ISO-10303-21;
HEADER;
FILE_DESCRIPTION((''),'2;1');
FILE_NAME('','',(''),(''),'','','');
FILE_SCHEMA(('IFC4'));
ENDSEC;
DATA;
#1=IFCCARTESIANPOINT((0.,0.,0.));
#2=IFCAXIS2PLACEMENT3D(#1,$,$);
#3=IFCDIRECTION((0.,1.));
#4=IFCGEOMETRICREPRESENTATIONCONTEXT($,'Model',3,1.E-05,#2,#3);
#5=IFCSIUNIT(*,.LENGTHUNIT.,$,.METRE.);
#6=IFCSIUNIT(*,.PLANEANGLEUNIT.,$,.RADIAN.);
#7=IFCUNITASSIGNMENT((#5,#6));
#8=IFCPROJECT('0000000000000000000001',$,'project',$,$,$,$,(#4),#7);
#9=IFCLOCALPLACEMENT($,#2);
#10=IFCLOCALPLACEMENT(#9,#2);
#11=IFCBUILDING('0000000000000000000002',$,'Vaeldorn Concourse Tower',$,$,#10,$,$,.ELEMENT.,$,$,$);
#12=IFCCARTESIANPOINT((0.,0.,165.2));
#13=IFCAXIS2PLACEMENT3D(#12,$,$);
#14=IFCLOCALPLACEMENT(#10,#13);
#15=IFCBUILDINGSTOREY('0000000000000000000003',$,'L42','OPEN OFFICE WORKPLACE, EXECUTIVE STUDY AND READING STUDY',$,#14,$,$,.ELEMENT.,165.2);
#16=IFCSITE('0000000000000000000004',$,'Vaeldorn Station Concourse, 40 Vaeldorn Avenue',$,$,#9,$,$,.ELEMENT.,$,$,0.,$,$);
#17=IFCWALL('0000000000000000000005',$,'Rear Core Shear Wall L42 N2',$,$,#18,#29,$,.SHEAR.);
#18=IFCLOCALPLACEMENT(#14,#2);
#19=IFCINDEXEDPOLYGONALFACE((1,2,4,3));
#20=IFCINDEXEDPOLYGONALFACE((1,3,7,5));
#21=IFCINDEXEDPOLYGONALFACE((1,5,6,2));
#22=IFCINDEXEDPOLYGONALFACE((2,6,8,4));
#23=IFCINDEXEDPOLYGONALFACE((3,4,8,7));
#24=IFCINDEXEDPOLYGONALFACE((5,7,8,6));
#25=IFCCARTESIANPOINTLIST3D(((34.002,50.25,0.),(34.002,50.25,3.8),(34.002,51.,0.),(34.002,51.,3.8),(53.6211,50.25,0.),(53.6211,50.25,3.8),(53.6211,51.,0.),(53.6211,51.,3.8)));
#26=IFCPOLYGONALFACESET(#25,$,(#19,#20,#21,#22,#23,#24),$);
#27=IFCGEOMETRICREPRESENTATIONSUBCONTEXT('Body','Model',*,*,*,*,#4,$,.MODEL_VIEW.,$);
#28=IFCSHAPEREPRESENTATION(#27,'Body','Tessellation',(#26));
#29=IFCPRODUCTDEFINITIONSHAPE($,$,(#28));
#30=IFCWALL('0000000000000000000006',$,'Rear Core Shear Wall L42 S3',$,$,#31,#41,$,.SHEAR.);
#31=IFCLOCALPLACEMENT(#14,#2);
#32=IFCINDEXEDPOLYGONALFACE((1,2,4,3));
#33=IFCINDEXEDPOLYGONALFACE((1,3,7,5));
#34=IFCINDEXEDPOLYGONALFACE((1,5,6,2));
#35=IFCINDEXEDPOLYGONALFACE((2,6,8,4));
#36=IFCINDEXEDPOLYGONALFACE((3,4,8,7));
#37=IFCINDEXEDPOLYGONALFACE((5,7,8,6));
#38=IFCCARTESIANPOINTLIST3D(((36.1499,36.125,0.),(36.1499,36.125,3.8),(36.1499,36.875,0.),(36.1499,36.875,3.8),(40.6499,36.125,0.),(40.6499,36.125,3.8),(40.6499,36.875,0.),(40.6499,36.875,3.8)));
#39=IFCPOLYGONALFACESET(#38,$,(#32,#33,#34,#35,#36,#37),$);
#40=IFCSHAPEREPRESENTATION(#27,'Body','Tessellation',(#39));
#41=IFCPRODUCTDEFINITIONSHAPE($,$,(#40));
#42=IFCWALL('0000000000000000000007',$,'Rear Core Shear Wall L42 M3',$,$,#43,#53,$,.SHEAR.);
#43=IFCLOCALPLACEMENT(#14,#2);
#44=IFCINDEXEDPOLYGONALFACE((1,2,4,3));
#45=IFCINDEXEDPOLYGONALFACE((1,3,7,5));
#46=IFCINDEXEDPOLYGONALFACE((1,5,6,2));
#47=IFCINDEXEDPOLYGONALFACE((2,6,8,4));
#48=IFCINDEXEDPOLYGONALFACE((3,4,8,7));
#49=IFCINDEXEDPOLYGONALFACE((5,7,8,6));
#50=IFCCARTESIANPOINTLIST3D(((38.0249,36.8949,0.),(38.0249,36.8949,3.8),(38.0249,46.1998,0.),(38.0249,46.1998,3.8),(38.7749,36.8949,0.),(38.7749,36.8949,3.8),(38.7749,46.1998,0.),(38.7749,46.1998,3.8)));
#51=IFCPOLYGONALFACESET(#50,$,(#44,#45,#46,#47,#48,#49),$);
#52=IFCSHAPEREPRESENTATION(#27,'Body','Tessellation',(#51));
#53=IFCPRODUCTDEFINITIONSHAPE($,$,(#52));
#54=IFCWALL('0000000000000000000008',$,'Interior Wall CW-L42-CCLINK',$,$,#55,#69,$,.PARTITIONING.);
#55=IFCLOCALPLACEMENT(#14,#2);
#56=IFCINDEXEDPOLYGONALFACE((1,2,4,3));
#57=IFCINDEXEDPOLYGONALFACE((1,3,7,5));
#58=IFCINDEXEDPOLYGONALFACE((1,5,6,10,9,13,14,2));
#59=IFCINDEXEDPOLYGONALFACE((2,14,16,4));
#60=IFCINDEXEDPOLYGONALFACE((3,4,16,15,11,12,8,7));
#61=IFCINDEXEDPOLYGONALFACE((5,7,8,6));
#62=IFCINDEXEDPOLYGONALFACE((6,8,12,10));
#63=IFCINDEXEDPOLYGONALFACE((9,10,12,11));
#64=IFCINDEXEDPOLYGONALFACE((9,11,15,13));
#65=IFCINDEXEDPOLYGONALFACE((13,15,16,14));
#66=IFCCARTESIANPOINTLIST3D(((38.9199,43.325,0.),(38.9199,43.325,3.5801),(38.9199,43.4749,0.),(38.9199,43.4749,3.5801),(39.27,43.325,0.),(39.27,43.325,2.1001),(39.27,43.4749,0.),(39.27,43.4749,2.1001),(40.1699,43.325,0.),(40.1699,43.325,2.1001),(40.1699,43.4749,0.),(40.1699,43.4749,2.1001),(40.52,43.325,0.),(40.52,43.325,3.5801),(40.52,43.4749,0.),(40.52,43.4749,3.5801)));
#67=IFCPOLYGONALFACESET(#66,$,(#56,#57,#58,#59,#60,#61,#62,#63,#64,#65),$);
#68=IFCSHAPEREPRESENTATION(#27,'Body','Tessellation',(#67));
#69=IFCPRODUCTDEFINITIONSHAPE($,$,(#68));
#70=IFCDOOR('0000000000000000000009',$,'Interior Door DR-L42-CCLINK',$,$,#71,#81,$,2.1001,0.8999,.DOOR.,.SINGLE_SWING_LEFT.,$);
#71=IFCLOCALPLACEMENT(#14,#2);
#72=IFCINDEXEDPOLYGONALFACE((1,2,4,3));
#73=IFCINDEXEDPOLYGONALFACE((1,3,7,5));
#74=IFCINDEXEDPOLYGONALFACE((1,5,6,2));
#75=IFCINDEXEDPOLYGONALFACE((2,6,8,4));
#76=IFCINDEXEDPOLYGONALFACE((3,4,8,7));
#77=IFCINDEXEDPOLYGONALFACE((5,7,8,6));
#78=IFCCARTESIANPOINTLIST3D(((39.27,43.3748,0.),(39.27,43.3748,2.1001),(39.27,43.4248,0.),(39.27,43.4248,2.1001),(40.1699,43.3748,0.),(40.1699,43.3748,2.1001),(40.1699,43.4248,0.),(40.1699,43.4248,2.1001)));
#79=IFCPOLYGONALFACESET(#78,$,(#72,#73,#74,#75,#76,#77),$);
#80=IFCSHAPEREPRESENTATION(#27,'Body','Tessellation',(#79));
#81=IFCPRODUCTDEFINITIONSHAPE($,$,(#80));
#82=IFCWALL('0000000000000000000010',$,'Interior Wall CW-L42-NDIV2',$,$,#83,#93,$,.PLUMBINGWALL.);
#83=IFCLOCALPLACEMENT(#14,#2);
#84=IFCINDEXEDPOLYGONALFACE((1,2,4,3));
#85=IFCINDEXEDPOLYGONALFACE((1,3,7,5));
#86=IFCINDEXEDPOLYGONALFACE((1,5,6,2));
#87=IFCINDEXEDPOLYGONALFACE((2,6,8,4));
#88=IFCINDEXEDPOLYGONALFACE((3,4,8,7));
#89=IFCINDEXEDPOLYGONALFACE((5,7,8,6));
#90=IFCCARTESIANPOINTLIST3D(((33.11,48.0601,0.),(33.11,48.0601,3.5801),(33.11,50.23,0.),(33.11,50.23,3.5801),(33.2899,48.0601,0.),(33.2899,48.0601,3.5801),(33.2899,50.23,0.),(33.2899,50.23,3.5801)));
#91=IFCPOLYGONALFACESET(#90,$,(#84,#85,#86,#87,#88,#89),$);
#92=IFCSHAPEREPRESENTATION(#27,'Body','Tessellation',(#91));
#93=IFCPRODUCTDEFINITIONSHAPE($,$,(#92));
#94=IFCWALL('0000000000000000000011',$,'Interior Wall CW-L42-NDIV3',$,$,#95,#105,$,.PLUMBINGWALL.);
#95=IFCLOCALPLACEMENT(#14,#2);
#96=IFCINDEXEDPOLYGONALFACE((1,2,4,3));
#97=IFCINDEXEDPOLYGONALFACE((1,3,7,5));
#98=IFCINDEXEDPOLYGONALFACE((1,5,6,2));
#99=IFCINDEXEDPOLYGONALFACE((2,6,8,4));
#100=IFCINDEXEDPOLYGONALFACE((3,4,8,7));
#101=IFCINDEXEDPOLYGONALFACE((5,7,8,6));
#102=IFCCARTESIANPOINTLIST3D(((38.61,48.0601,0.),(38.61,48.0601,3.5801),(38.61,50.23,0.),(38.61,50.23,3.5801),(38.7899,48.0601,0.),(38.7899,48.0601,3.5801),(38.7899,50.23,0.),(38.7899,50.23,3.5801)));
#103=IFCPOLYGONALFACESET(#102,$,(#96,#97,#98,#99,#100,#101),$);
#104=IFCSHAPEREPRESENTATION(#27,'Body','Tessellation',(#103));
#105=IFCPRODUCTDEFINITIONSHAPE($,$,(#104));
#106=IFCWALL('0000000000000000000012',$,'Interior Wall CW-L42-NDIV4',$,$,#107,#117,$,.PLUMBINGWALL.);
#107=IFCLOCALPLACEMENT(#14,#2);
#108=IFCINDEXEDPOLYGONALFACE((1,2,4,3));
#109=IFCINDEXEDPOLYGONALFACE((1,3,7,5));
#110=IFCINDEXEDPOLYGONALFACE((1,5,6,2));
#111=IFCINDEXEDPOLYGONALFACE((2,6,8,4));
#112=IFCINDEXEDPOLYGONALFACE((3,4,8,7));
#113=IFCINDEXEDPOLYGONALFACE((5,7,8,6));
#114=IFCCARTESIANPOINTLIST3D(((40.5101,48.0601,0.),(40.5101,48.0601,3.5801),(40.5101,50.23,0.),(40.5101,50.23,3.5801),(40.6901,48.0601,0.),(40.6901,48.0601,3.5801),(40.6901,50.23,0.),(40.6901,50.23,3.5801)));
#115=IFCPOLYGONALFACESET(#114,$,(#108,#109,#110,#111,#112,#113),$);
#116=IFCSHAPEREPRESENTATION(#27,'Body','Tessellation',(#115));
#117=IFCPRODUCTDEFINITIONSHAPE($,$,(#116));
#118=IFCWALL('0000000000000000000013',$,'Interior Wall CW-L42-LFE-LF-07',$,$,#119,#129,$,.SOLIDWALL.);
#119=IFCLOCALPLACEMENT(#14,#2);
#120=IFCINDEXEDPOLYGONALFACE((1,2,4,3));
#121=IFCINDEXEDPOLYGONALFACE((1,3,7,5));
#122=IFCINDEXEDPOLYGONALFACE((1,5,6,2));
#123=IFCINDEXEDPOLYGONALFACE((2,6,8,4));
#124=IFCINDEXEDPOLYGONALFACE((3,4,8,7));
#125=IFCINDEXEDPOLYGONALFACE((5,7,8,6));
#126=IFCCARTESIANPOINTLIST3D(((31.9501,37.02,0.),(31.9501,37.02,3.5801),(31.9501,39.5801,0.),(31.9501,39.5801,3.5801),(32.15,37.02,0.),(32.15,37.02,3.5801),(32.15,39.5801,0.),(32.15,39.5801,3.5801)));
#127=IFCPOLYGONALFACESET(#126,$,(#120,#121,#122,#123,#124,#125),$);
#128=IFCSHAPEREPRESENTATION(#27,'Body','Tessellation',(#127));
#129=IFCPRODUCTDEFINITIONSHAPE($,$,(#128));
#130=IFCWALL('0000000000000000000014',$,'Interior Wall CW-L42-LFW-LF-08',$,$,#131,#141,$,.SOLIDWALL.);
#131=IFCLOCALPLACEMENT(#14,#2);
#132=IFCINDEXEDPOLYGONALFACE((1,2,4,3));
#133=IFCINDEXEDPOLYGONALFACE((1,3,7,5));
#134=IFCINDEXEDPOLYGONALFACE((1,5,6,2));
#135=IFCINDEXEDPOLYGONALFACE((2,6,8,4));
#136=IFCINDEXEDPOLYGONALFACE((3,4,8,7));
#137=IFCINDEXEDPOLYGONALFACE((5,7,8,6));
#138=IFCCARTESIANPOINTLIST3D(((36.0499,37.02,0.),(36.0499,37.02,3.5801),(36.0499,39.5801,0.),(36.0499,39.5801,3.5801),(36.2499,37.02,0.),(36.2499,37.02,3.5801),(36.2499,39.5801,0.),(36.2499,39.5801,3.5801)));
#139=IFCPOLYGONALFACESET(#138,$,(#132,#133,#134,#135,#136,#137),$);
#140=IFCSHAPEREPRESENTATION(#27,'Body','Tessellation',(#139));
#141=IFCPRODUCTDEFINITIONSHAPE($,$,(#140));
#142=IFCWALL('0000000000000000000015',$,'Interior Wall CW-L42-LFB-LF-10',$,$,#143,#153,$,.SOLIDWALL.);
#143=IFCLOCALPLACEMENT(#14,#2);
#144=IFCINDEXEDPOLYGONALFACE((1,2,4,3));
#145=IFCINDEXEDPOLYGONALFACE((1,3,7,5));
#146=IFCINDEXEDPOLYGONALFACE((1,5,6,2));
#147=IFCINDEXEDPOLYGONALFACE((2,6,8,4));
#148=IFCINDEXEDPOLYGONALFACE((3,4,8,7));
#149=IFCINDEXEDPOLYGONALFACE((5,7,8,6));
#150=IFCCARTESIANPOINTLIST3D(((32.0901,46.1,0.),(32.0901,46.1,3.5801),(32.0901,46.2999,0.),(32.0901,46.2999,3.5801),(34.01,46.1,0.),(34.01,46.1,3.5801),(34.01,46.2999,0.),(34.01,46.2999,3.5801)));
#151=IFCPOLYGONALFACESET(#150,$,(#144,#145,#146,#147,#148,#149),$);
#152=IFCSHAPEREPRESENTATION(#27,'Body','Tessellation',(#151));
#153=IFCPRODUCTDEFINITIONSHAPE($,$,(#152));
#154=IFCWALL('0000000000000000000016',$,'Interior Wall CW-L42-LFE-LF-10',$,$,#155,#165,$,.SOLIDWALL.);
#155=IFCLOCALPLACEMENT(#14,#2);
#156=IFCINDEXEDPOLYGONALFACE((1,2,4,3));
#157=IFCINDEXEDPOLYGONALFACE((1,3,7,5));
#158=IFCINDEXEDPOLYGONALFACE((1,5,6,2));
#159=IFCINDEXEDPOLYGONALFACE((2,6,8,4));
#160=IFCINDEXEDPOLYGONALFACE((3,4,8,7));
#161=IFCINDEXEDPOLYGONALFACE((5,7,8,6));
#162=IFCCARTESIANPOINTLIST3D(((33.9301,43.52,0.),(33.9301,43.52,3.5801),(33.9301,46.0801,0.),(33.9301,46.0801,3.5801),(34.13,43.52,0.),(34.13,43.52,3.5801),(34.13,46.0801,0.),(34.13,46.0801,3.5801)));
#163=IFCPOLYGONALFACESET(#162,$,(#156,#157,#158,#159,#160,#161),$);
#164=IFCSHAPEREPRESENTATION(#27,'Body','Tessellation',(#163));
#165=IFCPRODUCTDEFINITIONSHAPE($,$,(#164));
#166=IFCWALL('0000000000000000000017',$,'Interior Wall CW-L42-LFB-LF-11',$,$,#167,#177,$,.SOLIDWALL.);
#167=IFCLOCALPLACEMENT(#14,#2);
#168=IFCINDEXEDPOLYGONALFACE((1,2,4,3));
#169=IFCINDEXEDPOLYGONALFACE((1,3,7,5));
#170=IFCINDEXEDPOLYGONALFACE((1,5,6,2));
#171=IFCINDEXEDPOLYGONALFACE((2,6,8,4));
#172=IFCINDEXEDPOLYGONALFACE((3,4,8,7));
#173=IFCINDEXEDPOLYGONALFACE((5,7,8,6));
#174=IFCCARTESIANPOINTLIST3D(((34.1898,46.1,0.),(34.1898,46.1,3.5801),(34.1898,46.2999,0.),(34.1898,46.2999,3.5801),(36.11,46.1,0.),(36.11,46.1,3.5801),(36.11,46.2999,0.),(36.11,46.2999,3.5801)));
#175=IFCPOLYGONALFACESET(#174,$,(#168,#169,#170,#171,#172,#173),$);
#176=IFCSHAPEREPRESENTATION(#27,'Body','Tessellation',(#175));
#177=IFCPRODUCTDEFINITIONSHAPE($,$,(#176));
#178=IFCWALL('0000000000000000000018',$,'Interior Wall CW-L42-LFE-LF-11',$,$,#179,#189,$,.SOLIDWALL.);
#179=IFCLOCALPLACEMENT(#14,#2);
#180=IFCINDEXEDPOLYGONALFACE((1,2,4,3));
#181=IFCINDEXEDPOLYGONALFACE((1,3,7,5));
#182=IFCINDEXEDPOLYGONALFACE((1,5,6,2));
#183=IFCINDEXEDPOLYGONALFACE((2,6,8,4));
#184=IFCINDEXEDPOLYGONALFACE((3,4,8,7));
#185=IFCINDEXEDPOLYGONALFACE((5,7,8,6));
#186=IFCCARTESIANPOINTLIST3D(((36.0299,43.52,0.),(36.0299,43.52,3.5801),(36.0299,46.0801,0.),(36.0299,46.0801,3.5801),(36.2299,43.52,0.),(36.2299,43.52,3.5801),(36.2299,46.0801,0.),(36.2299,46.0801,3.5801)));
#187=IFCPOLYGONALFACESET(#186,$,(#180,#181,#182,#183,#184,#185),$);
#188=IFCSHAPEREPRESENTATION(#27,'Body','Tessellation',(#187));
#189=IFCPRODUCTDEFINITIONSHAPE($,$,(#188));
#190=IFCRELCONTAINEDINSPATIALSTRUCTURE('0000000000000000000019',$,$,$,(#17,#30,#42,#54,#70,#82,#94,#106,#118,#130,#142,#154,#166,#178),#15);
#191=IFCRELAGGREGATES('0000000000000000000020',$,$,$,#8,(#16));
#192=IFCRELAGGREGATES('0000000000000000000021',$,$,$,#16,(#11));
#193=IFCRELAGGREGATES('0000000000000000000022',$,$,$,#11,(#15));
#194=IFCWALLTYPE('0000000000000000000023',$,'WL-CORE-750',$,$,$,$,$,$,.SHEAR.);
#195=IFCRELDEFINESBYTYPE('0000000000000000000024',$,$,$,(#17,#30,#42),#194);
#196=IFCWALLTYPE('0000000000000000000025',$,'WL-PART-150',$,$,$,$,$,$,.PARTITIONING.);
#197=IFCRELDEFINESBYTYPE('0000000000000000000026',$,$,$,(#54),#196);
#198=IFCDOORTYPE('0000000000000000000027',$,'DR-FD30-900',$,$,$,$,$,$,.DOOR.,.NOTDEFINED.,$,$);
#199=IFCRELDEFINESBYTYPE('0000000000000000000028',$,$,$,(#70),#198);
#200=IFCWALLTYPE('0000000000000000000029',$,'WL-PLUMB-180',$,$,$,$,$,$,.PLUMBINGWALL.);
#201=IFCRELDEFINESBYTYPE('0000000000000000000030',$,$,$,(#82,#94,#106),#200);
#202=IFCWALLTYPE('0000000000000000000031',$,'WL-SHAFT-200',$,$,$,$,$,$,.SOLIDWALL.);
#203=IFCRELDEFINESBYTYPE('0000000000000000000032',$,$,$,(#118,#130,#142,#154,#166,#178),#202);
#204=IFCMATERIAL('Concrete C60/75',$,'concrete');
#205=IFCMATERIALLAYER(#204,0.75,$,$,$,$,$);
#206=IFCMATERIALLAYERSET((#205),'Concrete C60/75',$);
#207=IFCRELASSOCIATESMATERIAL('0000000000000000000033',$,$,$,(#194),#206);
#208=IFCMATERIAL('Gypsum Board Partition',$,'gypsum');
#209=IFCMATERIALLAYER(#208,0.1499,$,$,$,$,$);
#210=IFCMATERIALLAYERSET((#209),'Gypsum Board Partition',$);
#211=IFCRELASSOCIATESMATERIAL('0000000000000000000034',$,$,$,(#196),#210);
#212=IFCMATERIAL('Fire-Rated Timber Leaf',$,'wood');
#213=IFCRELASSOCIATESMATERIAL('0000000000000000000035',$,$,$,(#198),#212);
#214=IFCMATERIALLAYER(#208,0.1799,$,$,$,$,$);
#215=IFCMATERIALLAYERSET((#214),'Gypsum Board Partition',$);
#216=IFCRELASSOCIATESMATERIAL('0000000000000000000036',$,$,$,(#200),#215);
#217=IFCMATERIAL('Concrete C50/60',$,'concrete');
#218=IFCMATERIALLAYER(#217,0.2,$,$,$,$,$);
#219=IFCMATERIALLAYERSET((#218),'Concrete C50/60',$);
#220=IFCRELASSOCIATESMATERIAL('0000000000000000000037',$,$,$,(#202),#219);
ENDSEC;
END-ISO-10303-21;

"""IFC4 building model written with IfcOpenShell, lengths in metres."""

from ifc_helpers import new_model, si_unit, direction, frame, frame_2d, origin, place, context, subcontext, project, spatial, rectangle, extrude, source, transform, mapped, material, layer, layer_set, type_object, element, fill, save


model = new_model("IFC4")

# Units and contexts
model_context = context("Model", 3, precision=1e-05, world=origin(), true_north=direction((0.0, 1.0)))
body_context = subcontext(model_context, "Body", "Model", "MODEL_VIEW")
ifc_project = project(units=[si_unit("LENGTHUNIT", "METRE"), si_unit("PLANEANGLEUNIT", "RADIAN")], contexts=[model_context])

# Site, building, storey
site_placement = place(None, origin())
site = spatial("IfcSite", under=ifc_project, at=site_placement, Name="Vaeldorn Station Concourse, 40 Vaeldorn Avenue", CompositionType="ELEMENT", RefElevation=0.0)
building_placement = place(site_placement, origin())
building = spatial("IfcBuilding", under=site, at=building_placement, Name="Vaeldorn Concourse Tower", CompositionType="ELEMENT")
storey_placement = place(building_placement, frame((0.0, 0.0, 165.2)))
storey = spatial("IfcBuildingStorey", under=building, at=storey_placement, Name="L42", Description="OPEN OFFICE WORKPLACE, EXECUTIVE STUDY AND READING STUDY", CompositionType="ELEMENT", Elevation=165.2)

# Walls
ifc_material_1 = material(Name="Concrete C60/75", Category="concrete")
ifc_layer_1 = layer(ifc_material_1, 0.75)
ifc_layer_set_1 = layer_set([ifc_layer_1], Name="Concrete C60/75")
wall_type_1 = type_object("IfcWallType", Name="WL-CORE-750", PredefinedType="SHEAR", material=ifc_layer_set_1)
wall_1_placement = place(storey_placement, frame((34.002, 50.625, 0.0), z_axis=(0.0, 0.0, 1.0), x_axis=(1.0, 0.0, 0.0)))
element("IfcWall", 1, at=wall_1_placement, inside=storey, type_object=wall_type_1, Name="Rear Core Shear Wall L42 N2", PredefinedType="SHEAR", context=body_context, shape_type="SweptSolid", body=[
    extrude(rectangle(XDim=19.6191, YDim=0.75, at=frame_2d((9.8096, 0.0))), origin(), (0.0, 0.0, 1.0), 3.8),
])
wall_2_placement = place(storey_placement, frame((36.1499, 36.5, 0.0), z_axis=(0.0, 0.0, 1.0), x_axis=(1.0, 0.0, 0.0)))
element("IfcWall", 2, at=wall_2_placement, inside=storey, type_object=wall_type_1, Name="Rear Core Shear Wall L42 S3", PredefinedType="SHEAR", context=body_context, shape_type="SweptSolid", body=[
    extrude(rectangle(XDim=4.5, YDim=0.75, at=frame_2d((2.25, 0.0))), origin(), (0.0, 0.0, 1.0), 3.8),
])
wall_3_placement = place(storey_placement, frame((38.3999, 36.895, 0.0), z_axis=(0.0, 0.0, 1.0), x_axis=(0.0, 1.0, 0.0)))
element("IfcWall", 3, at=wall_3_placement, inside=storey, type_object=wall_type_1, Name="Rear Core Shear Wall L42 M3", PredefinedType="SHEAR", context=body_context, shape_type="SweptSolid", body=[
    extrude(rectangle(XDim=9.3049, YDim=0.75, at=frame_2d((4.6523, 0.0))), origin(), (0.0, 0.0, 1.0), 3.8),
])

# Wall, opening, door
ifc_material_2 = material(Name="Gypsum Board Partition", Category="gypsum")
ifc_layer_2 = layer(ifc_material_2, 0.1499)
ifc_layer_set_2 = layer_set([ifc_layer_2], Name="Gypsum Board Partition")
wall_type_2 = type_object("IfcWallType", Name="WL-PART-150", PredefinedType="PARTITIONING", material=ifc_layer_set_2)
wall_4_placement = place(storey_placement, frame((38.9199, 43.3999, 0.0), z_axis=(0.0, 0.0, 1.0), x_axis=(1.0, 0.0, 0.0)))
wall_4 = element("IfcWall", 4, at=wall_4_placement, inside=storey, type_object=wall_type_2, Name="Interior Wall CW-L42-CCLINK", PredefinedType="PARTITIONING", context=body_context, shape_type="SweptSolid", body=[
    extrude(rectangle(XDim=1.6001, YDim=0.1499, at=frame_2d((0.8, 0.0))), origin(), (0.0, 0.0, 1.0), 3.5801),
])
opening_1_placement = place(wall_4_placement, frame((0.3501, 0.0, 0.0)))
opening_1 = element("IfcOpeningElement", 5, at=opening_1_placement, cuts=wall_4, PredefinedType="OPENING", context=body_context, shape_type="SweptSolid", body=[
    extrude(rectangle(XDim=0.8999, YDim=2.1001, at=frame_2d((0.45, 1.05))), frame((0.0, 0.085, 0.0), z_axis=(0.0, -1.0, 0.0), x_axis=(1.0, 0.0, 0.0)), (0.0, 0.0, 1.0), 0.1699),
])
ifc_material_3 = material(Name="Fire-Rated Timber Leaf", Category="wood")
door_type_1 = type_object("IfcDoorType", Name="DR-FD30-900", OperationType="NOTDEFINED", PredefinedType="DOOR", material=ifc_material_3)
shared_shape_1 = source(origin(), body_context, "Body", "SweptSolid", [
    extrude(rectangle(XDim=0.8999, YDim=2.1001, at=frame_2d((0.45, 1.05))), frame((0.0, 0.0249, 0.0), z_axis=(0.0, -1.0, 0.0), x_axis=(1.0, 0.0, 0.0)), (0.0, 0.0, 1.0), 0.05),
])
door_1_placement = place(opening_1_placement, origin())
door_1 = element("IfcDoor", 6, at=door_1_placement, inside=storey, type_object=door_type_1, Name="Interior Door DR-L42-CCLINK", OperationType="SINGLE_SWING_LEFT", OverallHeight=2.1001, OverallWidth=0.8999, PredefinedType="DOOR", context=body_context, shape_type="MappedRepresentation", body=[
    mapped(shared_shape_1, transform((0.0, 0.0, 0.0), scale=1.0)),
])
fill(opening_1, door_1)

# Walls
ifc_layer_3 = layer(ifc_material_2, 0.1799)
ifc_layer_set_3 = layer_set([ifc_layer_3], Name="Gypsum Board Partition")
wall_type_3 = type_object("IfcWallType", Name="WL-PLUMB-180", PredefinedType="PLUMBINGWALL", material=ifc_layer_set_3)
for number, where, z_axis, x_axis, name in (
    (7, (33.2, 48.0601, 0.0), (0.0, 0.0, 1.0), (0.0, 1.0, 0.0), "Interior Wall CW-L42-NDIV2"),
    (8, (38.7, 48.0601, 0.0), (0.0, 0.0, 1.0), (0.0, 1.0, 0.0), "Interior Wall CW-L42-NDIV3"),
    (9, (40.6001, 48.0601, 0.0), (0.0, 0.0, 1.0), (0.0, 1.0, 0.0), "Interior Wall CW-L42-NDIV4"),
):
    element("IfcWall", number, at=place(storey_placement, frame(where, z_axis=z_axis, x_axis=x_axis)), inside=storey, type_object=wall_type_3, Name=name, PredefinedType="PLUMBINGWALL", context=body_context, shape_type="SweptSolid", body=[
        extrude(rectangle(XDim=2.1699, YDim=0.1799, at=frame_2d((1.085, 0.0))), origin(), (0.0, 0.0, 1.0), 3.5801),
    ])
ifc_material_4 = material(Name="Concrete C50/60", Category="concrete")
ifc_layer_4 = layer(ifc_material_4, 0.2)
ifc_layer_set_4 = layer_set([ifc_layer_4], Name="Concrete C50/60")
wall_type_4 = type_object("IfcWallType", Name="WL-SHAFT-200", PredefinedType="SOLIDWALL", material=ifc_layer_set_4)
wall_5_placement = place(storey_placement, frame((32.05, 37.02, 0.0), z_axis=(0.0, 0.0, 1.0), x_axis=(0.0, 1.0, 0.0)))
element("IfcWall", 10, at=wall_5_placement, inside=storey, type_object=wall_type_4, Name="Interior Wall CW-L42-LFE-LF-07", PredefinedType="SOLIDWALL", context=body_context, shape_type="SweptSolid", body=[
    extrude(rectangle(XDim=2.5601, YDim=0.2, at=frame_2d((1.28, 0.0))), origin(), (0.0, 0.0, 1.0), 3.5801),
])

# Wall
wall_6_placement = place(storey_placement, frame((36.1499, 37.02, 0.0), z_axis=(0.0, 0.0, 1.0), x_axis=(0.0, 1.0, 0.0)))
element("IfcWall", 11, at=wall_6_placement, inside=storey, type_object=wall_type_4, Name="Interior Wall CW-L42-LFW-LF-08", PredefinedType="SOLIDWALL", context=body_context, shape_type="SweptSolid", body=[
    extrude(rectangle(XDim=2.5601, YDim=0.2, at=frame_2d((1.28, 0.0))), origin(), (0.0, 0.0, 1.0), 3.5801),
])

# Walls
wall_7_placement = place(storey_placement, frame((32.0901, 46.2, 0.0), z_axis=(0.0, 0.0, 1.0), x_axis=(1.0, 0.0, 0.0)))
element("IfcWall", 12, at=wall_7_placement, inside=storey, type_object=wall_type_4, Name="Interior Wall CW-L42-LFB-LF-10", PredefinedType="SOLIDWALL", context=body_context, shape_type="SweptSolid", body=[
    extrude(rectangle(XDim=1.9199, YDim=0.2, at=frame_2d((0.96, 0.0))), origin(), (0.0, 0.0, 1.0), 3.5801),
])
wall_8_placement = place(storey_placement, frame((34.03, 43.52, 0.0), z_axis=(0.0, 0.0, 1.0), x_axis=(0.0, 1.0, 0.0)))
element("IfcWall", 13, at=wall_8_placement, inside=storey, type_object=wall_type_4, Name="Interior Wall CW-L42-LFE-LF-10", PredefinedType="SOLIDWALL", context=body_context, shape_type="SweptSolid", body=[
    extrude(rectangle(XDim=2.5601, YDim=0.2, at=frame_2d((1.28, 0.0))), origin(), (0.0, 0.0, 1.0), 3.5801),
])

# Walls
wall_9_placement = place(storey_placement, frame((34.1899, 46.2, 0.0), z_axis=(0.0, 0.0, 1.0), x_axis=(1.0, 0.0, 0.0)))
element("IfcWall", 14, at=wall_9_placement, inside=storey, type_object=wall_type_4, Name="Interior Wall CW-L42-LFB-LF-11", PredefinedType="SOLIDWALL", context=body_context, shape_type="SweptSolid", body=[
    extrude(rectangle(XDim=1.9202, YDim=0.2, at=frame_2d((0.96, 0.0))), origin(), (0.0, 0.0, 1.0), 3.5801),
])
wall_10_placement = place(storey_placement, frame((36.1299, 43.52, 0.0), z_axis=(0.0, 0.0, 1.0), x_axis=(0.0, 1.0, 0.0)))
element("IfcWall", 15, at=wall_10_placement, inside=storey, type_object=wall_type_4, Name="Interior Wall CW-L42-LFE-LF-11", PredefinedType="SOLIDWALL", context=body_context, shape_type="SweptSolid", body=[
    extrude(rectangle(XDim=2.5601, YDim=0.2, at=frame_2d((1.28, 0.0))), origin(), (0.0, 0.0, 1.0), 3.5801),
])

save(model, "model.ifc")
